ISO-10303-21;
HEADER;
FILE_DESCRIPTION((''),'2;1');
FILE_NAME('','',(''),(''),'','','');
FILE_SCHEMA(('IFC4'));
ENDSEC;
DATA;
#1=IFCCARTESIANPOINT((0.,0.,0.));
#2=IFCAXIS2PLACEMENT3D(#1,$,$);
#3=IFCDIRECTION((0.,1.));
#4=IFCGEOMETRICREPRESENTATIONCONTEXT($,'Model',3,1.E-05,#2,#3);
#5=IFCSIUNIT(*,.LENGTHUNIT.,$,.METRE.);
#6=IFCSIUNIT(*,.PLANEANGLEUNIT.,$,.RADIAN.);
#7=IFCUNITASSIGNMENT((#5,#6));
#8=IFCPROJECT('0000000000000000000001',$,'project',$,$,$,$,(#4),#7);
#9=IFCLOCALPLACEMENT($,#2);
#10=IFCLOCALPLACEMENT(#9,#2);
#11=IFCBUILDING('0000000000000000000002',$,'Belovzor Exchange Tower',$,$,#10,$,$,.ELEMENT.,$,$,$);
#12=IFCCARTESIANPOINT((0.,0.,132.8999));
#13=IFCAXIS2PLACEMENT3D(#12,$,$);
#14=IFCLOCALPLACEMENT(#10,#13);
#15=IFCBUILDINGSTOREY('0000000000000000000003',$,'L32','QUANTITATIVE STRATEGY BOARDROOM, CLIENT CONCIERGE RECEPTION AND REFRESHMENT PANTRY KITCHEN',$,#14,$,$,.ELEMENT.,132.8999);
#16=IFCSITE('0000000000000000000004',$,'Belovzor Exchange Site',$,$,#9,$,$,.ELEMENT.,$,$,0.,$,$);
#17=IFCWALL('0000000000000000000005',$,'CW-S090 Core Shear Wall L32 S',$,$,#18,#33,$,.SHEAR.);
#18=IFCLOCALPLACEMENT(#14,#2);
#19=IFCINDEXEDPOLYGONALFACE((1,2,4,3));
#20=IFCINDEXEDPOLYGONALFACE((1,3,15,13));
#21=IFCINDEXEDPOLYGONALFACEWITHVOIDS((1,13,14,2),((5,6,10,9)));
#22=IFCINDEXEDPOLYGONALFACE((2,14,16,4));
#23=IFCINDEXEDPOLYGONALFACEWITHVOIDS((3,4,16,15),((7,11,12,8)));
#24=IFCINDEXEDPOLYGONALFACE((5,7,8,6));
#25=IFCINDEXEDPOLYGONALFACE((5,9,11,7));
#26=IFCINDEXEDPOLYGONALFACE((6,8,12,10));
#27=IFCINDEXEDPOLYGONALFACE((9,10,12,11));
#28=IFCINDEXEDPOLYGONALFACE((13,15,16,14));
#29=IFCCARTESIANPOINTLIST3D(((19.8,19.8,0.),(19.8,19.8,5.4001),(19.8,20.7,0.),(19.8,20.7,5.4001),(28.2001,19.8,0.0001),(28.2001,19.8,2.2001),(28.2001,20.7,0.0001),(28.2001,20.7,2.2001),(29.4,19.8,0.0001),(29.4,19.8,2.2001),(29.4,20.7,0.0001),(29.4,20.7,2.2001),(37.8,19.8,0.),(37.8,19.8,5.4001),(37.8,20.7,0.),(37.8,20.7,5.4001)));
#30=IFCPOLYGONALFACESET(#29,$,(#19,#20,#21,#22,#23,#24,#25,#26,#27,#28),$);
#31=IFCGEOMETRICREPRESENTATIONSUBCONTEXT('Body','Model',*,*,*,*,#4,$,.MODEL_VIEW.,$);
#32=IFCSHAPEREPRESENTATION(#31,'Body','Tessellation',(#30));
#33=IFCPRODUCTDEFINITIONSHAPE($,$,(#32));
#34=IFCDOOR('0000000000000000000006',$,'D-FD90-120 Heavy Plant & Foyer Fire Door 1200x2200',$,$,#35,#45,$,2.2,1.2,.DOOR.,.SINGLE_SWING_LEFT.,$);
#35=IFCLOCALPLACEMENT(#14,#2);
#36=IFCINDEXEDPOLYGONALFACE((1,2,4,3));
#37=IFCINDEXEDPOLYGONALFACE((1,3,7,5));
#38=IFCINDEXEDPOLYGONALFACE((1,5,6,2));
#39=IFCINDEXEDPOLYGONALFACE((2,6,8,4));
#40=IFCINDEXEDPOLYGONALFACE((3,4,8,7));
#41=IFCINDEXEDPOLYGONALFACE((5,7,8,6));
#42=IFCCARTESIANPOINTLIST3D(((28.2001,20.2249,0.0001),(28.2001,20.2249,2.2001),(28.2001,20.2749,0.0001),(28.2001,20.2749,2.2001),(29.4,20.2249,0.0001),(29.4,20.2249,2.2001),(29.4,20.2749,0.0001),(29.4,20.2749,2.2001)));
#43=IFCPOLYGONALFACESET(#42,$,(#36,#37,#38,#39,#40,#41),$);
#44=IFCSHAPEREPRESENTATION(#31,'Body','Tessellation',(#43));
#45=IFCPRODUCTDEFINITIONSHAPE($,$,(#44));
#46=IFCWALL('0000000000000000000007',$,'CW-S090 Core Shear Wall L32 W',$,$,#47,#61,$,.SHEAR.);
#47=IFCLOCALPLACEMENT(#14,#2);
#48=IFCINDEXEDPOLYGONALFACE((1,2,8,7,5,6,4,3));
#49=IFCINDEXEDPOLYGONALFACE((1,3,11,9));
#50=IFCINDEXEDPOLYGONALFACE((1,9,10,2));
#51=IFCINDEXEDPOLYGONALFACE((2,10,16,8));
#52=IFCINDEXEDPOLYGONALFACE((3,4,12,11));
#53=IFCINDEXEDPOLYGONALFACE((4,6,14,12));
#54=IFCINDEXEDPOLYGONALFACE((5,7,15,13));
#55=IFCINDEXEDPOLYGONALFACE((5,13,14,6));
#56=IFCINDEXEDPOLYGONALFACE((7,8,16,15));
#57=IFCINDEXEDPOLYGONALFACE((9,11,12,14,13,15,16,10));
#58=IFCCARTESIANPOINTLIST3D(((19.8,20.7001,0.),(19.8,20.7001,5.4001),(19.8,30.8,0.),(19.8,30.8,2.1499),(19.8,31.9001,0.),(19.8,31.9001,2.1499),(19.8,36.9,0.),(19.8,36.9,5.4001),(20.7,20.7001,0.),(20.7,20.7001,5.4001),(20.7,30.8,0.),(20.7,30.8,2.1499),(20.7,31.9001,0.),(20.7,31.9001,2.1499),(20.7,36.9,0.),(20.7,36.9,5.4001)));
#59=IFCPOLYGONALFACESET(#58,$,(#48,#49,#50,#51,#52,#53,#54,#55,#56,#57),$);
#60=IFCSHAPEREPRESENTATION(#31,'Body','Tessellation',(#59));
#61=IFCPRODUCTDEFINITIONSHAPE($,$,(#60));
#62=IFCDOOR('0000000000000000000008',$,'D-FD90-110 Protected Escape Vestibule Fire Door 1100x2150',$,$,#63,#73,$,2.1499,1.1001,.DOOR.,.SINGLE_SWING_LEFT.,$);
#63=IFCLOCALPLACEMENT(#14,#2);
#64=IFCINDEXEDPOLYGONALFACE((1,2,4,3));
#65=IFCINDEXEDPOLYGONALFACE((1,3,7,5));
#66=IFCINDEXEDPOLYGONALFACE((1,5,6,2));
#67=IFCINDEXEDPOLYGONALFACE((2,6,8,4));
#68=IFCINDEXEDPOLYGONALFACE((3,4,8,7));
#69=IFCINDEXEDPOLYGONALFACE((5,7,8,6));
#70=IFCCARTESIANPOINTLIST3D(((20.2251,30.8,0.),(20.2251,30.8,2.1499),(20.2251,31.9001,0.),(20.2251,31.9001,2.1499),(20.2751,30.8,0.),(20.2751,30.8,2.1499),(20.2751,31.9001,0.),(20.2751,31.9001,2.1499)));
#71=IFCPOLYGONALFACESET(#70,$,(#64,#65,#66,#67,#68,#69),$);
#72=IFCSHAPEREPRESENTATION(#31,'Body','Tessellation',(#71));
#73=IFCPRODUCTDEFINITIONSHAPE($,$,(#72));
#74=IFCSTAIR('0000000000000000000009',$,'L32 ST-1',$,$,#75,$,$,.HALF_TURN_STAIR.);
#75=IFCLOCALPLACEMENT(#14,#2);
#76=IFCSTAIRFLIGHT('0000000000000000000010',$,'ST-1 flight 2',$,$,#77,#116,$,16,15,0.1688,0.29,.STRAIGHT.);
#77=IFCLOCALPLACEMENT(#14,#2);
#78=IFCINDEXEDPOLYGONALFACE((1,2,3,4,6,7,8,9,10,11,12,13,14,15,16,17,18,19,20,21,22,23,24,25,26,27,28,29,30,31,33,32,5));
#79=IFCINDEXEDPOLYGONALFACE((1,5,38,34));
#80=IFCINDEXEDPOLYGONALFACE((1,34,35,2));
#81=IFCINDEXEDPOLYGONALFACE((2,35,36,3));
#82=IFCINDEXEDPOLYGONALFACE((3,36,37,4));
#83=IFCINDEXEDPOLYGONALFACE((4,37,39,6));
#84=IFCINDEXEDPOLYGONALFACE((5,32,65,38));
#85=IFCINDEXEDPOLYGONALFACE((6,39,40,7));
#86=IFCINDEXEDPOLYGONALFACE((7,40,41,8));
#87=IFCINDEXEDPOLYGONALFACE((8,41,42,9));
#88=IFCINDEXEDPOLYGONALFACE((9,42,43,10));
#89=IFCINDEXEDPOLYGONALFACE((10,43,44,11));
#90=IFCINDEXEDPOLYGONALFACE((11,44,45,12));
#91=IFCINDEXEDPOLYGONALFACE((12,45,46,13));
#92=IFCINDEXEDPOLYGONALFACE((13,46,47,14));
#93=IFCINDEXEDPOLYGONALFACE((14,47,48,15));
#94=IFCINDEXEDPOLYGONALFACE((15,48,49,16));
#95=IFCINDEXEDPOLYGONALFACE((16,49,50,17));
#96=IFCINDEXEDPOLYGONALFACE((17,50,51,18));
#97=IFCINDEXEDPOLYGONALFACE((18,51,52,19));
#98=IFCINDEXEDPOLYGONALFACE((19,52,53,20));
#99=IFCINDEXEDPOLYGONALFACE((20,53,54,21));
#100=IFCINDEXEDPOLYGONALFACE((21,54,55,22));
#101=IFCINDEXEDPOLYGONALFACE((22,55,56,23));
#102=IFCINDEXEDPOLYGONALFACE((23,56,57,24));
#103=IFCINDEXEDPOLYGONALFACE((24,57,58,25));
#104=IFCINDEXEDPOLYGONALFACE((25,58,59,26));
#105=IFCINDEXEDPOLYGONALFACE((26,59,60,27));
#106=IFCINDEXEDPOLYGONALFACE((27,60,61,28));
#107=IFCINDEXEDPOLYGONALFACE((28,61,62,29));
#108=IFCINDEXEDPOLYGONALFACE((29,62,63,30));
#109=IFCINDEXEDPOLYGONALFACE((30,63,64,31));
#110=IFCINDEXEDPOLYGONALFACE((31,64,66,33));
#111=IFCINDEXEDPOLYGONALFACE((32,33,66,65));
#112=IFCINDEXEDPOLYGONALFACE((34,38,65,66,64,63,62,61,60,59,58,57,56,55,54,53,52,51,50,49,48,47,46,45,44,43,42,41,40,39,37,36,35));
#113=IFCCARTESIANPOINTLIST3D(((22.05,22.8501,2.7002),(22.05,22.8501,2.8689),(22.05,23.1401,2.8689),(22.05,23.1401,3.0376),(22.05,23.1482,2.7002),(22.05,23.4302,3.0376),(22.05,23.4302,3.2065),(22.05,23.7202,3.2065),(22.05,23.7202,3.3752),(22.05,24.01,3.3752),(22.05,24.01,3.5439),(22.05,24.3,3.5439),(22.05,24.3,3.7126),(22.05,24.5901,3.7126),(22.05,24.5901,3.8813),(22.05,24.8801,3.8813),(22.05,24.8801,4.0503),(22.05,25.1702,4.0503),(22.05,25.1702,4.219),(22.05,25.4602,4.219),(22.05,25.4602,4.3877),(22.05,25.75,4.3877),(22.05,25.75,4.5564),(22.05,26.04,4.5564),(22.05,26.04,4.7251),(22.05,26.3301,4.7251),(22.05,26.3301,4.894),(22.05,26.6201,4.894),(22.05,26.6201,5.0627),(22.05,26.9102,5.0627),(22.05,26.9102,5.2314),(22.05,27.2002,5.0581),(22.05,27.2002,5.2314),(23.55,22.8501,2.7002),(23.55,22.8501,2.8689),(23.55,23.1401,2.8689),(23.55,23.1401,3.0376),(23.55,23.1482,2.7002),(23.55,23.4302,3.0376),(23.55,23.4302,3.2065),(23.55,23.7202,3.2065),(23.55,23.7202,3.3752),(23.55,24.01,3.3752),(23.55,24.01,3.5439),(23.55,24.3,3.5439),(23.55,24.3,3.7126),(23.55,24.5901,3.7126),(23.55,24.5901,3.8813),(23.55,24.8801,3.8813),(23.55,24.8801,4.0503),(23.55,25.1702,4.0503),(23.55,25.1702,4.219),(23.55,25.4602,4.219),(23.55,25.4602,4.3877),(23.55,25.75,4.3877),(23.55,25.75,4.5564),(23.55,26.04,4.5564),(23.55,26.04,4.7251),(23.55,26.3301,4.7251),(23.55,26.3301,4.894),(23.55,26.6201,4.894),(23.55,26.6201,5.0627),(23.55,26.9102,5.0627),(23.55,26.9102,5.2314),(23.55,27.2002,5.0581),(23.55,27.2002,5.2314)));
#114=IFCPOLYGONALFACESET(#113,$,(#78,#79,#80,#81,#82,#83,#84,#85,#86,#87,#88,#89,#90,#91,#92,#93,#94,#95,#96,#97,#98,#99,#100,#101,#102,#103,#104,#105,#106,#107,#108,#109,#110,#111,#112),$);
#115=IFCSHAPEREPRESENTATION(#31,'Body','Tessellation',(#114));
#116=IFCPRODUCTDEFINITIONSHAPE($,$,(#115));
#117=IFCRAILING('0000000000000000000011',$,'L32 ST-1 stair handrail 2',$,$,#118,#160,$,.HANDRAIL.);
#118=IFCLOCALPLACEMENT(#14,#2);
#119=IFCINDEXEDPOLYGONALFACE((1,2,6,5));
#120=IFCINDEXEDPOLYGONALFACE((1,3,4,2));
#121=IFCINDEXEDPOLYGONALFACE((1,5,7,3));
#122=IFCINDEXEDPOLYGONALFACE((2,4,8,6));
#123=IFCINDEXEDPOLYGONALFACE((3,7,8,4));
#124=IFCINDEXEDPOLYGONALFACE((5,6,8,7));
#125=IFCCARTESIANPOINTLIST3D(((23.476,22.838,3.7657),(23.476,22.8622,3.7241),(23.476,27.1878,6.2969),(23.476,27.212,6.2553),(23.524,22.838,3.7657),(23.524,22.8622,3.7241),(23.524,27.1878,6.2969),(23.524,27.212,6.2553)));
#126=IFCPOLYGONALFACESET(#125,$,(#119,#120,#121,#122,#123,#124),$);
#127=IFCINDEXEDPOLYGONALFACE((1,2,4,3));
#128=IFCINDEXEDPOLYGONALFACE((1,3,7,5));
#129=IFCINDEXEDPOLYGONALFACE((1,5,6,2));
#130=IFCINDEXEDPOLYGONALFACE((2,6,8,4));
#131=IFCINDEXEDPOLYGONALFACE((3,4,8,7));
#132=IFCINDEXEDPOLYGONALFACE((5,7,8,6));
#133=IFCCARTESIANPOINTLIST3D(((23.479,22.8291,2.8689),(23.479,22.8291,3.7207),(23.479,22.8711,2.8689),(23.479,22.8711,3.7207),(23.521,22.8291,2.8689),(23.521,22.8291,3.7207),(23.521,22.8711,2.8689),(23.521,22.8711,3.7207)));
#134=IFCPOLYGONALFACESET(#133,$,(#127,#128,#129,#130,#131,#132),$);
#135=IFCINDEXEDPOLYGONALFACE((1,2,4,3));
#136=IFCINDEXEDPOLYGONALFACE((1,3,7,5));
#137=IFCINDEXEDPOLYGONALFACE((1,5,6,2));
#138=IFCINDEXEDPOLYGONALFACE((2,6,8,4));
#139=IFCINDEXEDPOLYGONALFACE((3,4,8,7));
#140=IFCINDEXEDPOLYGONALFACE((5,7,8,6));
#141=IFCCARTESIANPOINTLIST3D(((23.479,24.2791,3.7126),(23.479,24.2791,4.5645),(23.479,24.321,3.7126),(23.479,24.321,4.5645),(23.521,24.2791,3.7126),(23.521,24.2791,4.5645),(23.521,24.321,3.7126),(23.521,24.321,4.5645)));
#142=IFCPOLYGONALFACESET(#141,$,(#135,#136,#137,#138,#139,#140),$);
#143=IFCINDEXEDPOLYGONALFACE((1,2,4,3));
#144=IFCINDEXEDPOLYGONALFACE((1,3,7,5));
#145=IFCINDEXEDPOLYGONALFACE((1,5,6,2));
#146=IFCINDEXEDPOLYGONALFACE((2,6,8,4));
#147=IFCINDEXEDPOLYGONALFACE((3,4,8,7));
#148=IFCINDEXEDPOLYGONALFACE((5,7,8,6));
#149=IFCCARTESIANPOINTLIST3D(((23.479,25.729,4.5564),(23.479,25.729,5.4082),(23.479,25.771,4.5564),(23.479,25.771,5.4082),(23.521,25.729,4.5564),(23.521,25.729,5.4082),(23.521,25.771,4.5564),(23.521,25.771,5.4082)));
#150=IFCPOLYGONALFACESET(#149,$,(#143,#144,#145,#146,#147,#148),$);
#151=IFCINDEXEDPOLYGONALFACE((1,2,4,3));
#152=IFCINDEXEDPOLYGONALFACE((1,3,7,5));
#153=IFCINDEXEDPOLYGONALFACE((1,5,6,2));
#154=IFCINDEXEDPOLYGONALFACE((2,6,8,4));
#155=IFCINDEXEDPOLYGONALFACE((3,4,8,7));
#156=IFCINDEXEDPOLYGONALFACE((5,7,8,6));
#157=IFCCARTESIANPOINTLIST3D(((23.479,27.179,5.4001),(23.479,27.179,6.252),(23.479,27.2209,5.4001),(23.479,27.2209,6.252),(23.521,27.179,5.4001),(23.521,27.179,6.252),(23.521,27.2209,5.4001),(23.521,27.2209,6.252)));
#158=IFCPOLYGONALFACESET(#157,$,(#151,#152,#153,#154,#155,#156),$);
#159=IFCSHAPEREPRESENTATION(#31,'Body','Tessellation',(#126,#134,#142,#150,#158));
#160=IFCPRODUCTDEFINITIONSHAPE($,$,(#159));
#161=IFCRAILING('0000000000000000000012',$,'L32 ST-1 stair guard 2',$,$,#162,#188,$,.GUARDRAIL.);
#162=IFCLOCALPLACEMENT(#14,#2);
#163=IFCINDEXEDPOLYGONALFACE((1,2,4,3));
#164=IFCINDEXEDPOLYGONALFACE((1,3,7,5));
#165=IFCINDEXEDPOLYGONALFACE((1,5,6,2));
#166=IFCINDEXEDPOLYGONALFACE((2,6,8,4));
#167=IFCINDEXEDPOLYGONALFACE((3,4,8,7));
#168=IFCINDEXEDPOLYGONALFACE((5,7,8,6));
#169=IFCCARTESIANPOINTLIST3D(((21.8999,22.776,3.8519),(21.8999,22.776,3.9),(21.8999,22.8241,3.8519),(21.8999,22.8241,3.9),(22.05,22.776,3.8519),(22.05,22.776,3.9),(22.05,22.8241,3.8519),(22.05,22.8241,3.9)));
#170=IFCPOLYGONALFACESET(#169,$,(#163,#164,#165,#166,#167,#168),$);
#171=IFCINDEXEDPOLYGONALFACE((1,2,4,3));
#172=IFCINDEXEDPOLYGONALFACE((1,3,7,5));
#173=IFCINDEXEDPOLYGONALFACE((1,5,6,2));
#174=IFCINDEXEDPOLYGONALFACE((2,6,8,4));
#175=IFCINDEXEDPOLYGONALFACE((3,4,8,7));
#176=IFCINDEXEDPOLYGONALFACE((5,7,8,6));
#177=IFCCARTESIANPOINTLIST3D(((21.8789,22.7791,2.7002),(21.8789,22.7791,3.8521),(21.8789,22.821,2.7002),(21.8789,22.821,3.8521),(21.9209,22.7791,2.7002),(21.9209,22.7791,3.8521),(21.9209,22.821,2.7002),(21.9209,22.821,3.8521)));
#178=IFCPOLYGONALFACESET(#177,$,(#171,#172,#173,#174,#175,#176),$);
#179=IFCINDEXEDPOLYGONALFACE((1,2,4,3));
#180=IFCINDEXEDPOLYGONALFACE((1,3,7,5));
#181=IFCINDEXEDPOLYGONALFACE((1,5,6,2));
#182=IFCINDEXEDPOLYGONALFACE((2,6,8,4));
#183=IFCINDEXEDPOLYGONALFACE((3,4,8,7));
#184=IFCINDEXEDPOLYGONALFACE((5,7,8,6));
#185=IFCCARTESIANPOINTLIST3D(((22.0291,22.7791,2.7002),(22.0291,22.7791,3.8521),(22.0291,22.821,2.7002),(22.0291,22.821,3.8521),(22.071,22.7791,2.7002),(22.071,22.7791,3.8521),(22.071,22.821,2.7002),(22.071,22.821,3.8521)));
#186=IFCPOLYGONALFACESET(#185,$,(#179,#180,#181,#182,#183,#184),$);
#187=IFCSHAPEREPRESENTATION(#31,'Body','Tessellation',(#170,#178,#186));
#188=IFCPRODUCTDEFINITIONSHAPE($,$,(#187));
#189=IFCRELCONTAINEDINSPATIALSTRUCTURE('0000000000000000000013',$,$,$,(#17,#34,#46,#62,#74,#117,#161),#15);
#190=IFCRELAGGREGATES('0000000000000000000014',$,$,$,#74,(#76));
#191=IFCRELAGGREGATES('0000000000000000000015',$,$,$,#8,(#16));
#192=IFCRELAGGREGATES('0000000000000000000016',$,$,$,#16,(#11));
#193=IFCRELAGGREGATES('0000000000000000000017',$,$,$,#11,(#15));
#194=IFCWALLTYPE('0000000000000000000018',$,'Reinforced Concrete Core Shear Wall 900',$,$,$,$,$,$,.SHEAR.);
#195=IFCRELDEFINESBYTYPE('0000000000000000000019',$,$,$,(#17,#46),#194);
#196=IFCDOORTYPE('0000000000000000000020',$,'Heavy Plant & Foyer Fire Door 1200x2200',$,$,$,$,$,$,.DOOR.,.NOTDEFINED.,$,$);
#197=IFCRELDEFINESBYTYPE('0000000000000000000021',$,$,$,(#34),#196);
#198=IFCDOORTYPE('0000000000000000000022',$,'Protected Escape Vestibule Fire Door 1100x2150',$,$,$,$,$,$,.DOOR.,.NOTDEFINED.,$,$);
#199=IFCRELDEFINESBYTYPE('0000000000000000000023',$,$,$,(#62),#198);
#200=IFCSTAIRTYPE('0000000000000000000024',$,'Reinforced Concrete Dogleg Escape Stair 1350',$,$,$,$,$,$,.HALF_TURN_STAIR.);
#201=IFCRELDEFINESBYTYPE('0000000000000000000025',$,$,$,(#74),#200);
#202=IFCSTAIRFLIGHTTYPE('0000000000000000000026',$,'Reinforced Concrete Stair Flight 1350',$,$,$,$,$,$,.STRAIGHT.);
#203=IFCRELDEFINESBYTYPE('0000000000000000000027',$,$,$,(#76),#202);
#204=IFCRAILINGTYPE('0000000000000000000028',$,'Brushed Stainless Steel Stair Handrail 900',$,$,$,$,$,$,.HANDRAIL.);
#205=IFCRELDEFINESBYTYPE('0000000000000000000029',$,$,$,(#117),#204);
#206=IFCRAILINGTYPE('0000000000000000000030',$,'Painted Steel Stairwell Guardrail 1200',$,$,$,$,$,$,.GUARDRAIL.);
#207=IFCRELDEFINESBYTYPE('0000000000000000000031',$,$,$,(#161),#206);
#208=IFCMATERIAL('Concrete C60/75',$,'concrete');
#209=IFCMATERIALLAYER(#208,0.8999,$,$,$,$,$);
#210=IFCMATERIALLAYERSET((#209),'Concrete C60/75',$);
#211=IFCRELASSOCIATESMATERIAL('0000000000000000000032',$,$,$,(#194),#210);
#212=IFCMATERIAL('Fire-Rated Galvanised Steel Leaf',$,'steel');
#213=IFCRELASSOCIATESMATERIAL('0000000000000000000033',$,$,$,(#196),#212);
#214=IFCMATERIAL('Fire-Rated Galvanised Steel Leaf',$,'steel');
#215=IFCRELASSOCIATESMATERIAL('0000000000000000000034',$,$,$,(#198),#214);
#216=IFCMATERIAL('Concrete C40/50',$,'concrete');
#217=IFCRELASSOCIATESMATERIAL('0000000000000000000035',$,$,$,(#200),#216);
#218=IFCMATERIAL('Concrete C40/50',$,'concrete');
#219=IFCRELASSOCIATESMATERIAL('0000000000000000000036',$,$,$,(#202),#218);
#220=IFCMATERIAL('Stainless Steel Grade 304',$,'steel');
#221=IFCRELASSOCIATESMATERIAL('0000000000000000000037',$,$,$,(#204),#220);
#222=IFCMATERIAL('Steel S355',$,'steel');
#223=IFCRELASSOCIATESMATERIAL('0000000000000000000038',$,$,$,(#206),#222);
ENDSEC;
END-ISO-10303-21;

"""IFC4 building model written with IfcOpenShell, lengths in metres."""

from ifc_helpers import new_model, si_unit, direction, frame, frame_2d, origin, origin_2d, place, context, subcontext, project, spatial, polyline, rectangle, outline, extrude, material, layer, layer_set, type_object, element, fill, aggregate, save


model = new_model("IFC4")

# Units and contexts
model_context = context("Model", 3, precision=1e-05, world=origin(), true_north=direction((0.0, 1.0)))
body_context = subcontext(model_context, "Body", "Model", "MODEL_VIEW")
ifc_project = project(units=[si_unit("LENGTHUNIT", "METRE"), si_unit("PLANEANGLEUNIT", "RADIAN")], contexts=[model_context])

# Site, building, storey
site_placement = place(None, origin())
site = spatial("IfcSite", under=ifc_project, at=site_placement, Name="Belovzor Exchange Site", CompositionType="ELEMENT", RefElevation=0.0)
building_placement = place(site_placement, origin())
building = spatial("IfcBuilding", under=site, at=building_placement, Name="Belovzor Exchange Tower", CompositionType="ELEMENT")
storey_placement = place(building_placement, frame((0.0, 0.0, 132.8999)))
storey = spatial("IfcBuildingStorey", under=building, at=storey_placement, Name="L32", Description="QUANTITATIVE STRATEGY BOARDROOM, CLIENT CONCIERGE RECEPTION AND REFRESHMENT PANTRY KITCHEN", CompositionType="ELEMENT", Elevation=132.8999)

# Walls, openings, doors
ifc_material_1 = material(Name="Concrete C60/75", Category="concrete")
ifc_layer_1 = layer(ifc_material_1, 0.8999)
ifc_layer_set_1 = layer_set([ifc_layer_1], Name="Concrete C60/75")
wall_type_1 = type_object("IfcWallType", Name="Reinforced Concrete Core Shear Wall 900", PredefinedType="SHEAR", material=ifc_layer_set_1)
wall_1_placement = place(storey_placement, frame((19.8, 20.25, 0.0), z_axis=(0.0, 0.0, 1.0), x_axis=(1.0, 0.0, 0.0)))
wall_1 = element("IfcWall", 1, at=wall_1_placement, inside=storey, type_object=wall_type_1, Name="CW-S090 Core Shear Wall L32 S", PredefinedType="SHEAR", context=body_context, shape_type="SweptSolid", body=[
    extrude(rectangle(XDim=18.0, YDim=0.8999, at=frame_2d((9.0, 0.0))), origin(), (0.0, 0.0, 1.0), 5.4001),
])
opening_1_placement = place(wall_1_placement, frame((8.3999, 0.0, 0.0)))
opening_1 = element("IfcOpeningElement", 2, at=opening_1_placement, cuts=wall_1, PredefinedType="OPENING", context=body_context, shape_type="SweptSolid", body=[
    extrude(rectangle(XDim=1.2, YDim=2.2, at=frame_2d((0.6001, 1.1001))), frame((0.0, 0.46, 0.0), z_axis=(0.0, -1.0, 0.0), x_axis=(1.0, 0.0, 0.0)), (0.0, 0.0, 1.0), 0.9199),
])
ifc_material_2 = material(Name="Fire-Rated Galvanised Steel Leaf", Category="steel")
door_type_1 = type_object("IfcDoorType", Name="Heavy Plant & Foyer Fire Door 1200x2200", OperationType="NOTDEFINED", PredefinedType="DOOR", material=ifc_material_2)
door_1_placement = place(opening_1_placement, origin())
door_1 = element("IfcDoor", 3, at=door_1_placement, inside=storey, type_object=door_type_1, Name="D-FD90-120 Heavy Plant & Foyer Fire Door 1200x2200", OperationType="SINGLE_SWING_LEFT", OverallHeight=2.2, OverallWidth=1.2, PredefinedType="DOOR", context=body_context, shape_type="SweptSolid", body=[
    extrude(rectangle(XDim=1.2, YDim=2.2, at=frame_2d((0.6001, 1.1001))), frame((0.0, 0.0249, 0.0), z_axis=(0.0, -1.0, 0.0), x_axis=(1.0, 0.0, 0.0)), (0.0, 0.0, 1.0), 0.05),
])
fill(opening_1, door_1)
wall_2_placement = place(storey_placement, frame((20.25, 20.7, 0.0), z_axis=(0.0, 0.0, 1.0), x_axis=(0.0, 1.0, 0.0)))
wall_2 = element("IfcWall", 4, at=wall_2_placement, inside=storey, type_object=wall_type_1, Name="CW-S090 Core Shear Wall L32 W", PredefinedType="SHEAR", context=body_context, shape_type="SweptSolid", body=[
    extrude(rectangle(XDim=16.2, YDim=0.8999, at=frame_2d((8.1001, 0.0))), origin(), (0.0, 0.0, 1.0), 5.4001),
])
opening_2_placement = place(wall_2_placement, frame((10.1001, 0.0, 0.0)))
opening_2 = element("IfcOpeningElement", 5, at=opening_2_placement, cuts=wall_2, PredefinedType="OPENING", context=body_context, shape_type="SweptSolid", body=[
    extrude(rectangle(XDim=1.1001, YDim=2.1499, at=frame_2d((0.55, 1.075))), frame((0.0, 0.46, 0.0), z_axis=(0.0, -1.0, 0.0), x_axis=(1.0, 0.0, 0.0)), (0.0, 0.0, 1.0), 0.9199),
])
ifc_material_3 = material(Name="Fire-Rated Galvanised Steel Leaf", Category="steel")
door_type_2 = type_object("IfcDoorType", Name="Protected Escape Vestibule Fire Door 1100x2150", OperationType="NOTDEFINED", PredefinedType="DOOR", material=ifc_material_3)
door_2_placement = place(opening_2_placement, origin())
door_2 = element("IfcDoor", 6, at=door_2_placement, inside=storey, type_object=door_type_2, Name="D-FD90-110 Protected Escape Vestibule Fire Door 1100x2150", OperationType="SINGLE_SWING_LEFT", OverallHeight=2.1499, OverallWidth=1.1001, PredefinedType="DOOR", context=body_context, shape_type="SweptSolid", body=[
    extrude(rectangle(XDim=1.1001, YDim=2.1499, at=frame_2d((0.55, 1.075))), frame((0.0, 0.0249, 0.0), z_axis=(0.0, -1.0, 0.0), x_axis=(1.0, 0.0, 0.0)), (0.0, 0.0, 1.0), 0.05),
])
fill(opening_2, door_2)

# Stair, stair flight
ifc_material_4 = material(Name="Concrete C40/50", Category="concrete")
stair_type = type_object("IfcStairType", Name="Reinforced Concrete Dogleg Escape Stair 1350", PredefinedType="HALF_TURN_STAIR", material=ifc_material_4)
stair_placement = place(storey_placement, origin())
stair = element("IfcStair", 7, at=stair_placement, inside=storey, type_object=stair_type, Name="L32 ST-1", PredefinedType="HALF_TURN_STAIR")
ifc_material_5 = material(Name="Concrete C40/50", Category="concrete")
stair_flight_type = type_object("IfcStairFlightType", Name="Reinforced Concrete Stair Flight 1350", PredefinedType="STRAIGHT", material=ifc_material_5)
stair_flight_placement = place(storey_placement, frame((22.8, 22.8501, 2.7002), z_axis=(0.0, 0.0, 1.0), x_axis=(0.0, 1.0, 0.0)))
stair_flight = element("IfcStairFlight", 8, at=stair_flight_placement, type_object=stair_flight_type, Name="ST-1 flight 2", NumberOfRisers=16, NumberOfTreads=15, PredefinedType="STRAIGHT", RiserHeight=0.1688, TreadLength=0.29, context=body_context, shape_type="SweptSolid", body=[
    extrude(outline(polyline([(0.0, 0.0), (0.0, 0.1687), (0.29, 0.1687), (0.29, 0.3374), (0.5801, 0.3374), (0.5801, 0.5063), (0.8701, 0.5063), (0.8701, 0.675), (1.1599, 0.675), (1.1599, 0.8438), (1.45, 0.8438), (1.45, 1.0125), (1.74, 1.0125), (1.74, 1.1812), (2.03, 1.1812), (2.03, 1.3501), (2.3201, 1.3501), (2.3201, 1.5188), (2.6101, 1.5188), (2.6101, 1.6875), (2.8999, 1.6875), (2.8999, 1.8562), (3.1899, 1.8562), (3.1899, 2.0249), (3.48, 2.0249), (3.48, 2.1938), (3.77, 2.1938), (3.77, 2.3625), (4.0601, 2.3625), (4.0601, 2.5312), (4.3501, 2.5312), (4.3501, 2.7), (4.3501, 2.3579), (0.2981, 0.0), (0.0, 0.0)])), frame((0.0, 0.75, 0.0), z_axis=(0.0, -1.0, 0.0), x_axis=(1.0, 0.0, 0.0)), (0.0, 0.0, 1.0), 1.5),
])
aggregate(stair, [stair_flight])

# Railings
ifc_material_6 = material(Name="Stainless Steel Grade 304", Category="steel")
railing_type_1 = type_object("IfcRailingType", Name="Brushed Stainless Steel Stair Handrail 900", PredefinedType="HANDRAIL", material=ifc_material_6)
railing_1_placement = place(storey_placement, frame((23.5, 22.8501, 2.8689)))
element("IfcRailing", 9, at=railing_1_placement, inside=storey, type_object=railing_type_1, Name="L32 ST-1 stair handrail 2", PredefinedType="HANDRAIL", context=body_context, shape_type="SweptSolid", body=[
    extrude(rectangle(XDim=0.0481, YDim=0.0481, at=origin_2d()), frame((0.0, 0.0, 0.876), z_axis=(0.0, 0.864312, 0.502957), x_axis=(-1.0, 0.0, 0.0)), (0.0, 0.0, 1.0), 5.0327),
    extrude(rectangle(XDim=0.042, YDim=0.042, at=origin_2d()), origin(), (0.0, 0.0, 1.0), 0.8518),
    extrude(rectangle(XDim=0.042, YDim=0.042, at=origin_2d()), frame((0.0, 1.45, 0.8438)), (0.0, 0.0, 1.0), 0.8518),
    extrude(rectangle(XDim=0.042, YDim=0.042, at=origin_2d()), frame((0.0, 2.8999, 1.6875)), (0.0, 0.0, 1.0), 0.8518),
    extrude(rectangle(XDim=0.042, YDim=0.042, at=origin_2d()), frame((0.0, 4.3499, 2.5312)), (0.0, 0.0, 1.0), 0.8518),
])
ifc_material_7 = material(Name="Steel S355", Category="steel")
railing_type_2 = type_object("IfcRailingType", Name="Painted Steel Stairwell Guardrail 1200", PredefinedType="GUARDRAIL", material=ifc_material_7)
railing_2_placement = place(storey_placement, frame((21.8999, 22.8, 2.7002)))
element("IfcRailing", 10, at=railing_2_placement, inside=storey, type_object=railing_type_2, Name="L32 ST-1 stair guard 2", PredefinedType="GUARDRAIL", context=body_context, shape_type="SweptSolid", body=[
    extrude(rectangle(XDim=0.0481, YDim=0.0481, at=origin_2d()), frame((0.0, 0.0, 1.1758), z_axis=(1.0, 0.0, 0.0), x_axis=(0.0, 1.0, 0.0)), (0.0, 0.0, 1.0), 0.1501),
    extrude(rectangle(XDim=0.042, YDim=0.042, at=origin_2d()), origin(), (0.0, 0.0, 1.0), 1.1519),
    extrude(rectangle(XDim=0.042, YDim=0.042, at=origin_2d()), frame((0.1501, 0.0, 0.0)), (0.0, 0.0, 1.0), 1.1519),
])

save(model, "model.ifc")
